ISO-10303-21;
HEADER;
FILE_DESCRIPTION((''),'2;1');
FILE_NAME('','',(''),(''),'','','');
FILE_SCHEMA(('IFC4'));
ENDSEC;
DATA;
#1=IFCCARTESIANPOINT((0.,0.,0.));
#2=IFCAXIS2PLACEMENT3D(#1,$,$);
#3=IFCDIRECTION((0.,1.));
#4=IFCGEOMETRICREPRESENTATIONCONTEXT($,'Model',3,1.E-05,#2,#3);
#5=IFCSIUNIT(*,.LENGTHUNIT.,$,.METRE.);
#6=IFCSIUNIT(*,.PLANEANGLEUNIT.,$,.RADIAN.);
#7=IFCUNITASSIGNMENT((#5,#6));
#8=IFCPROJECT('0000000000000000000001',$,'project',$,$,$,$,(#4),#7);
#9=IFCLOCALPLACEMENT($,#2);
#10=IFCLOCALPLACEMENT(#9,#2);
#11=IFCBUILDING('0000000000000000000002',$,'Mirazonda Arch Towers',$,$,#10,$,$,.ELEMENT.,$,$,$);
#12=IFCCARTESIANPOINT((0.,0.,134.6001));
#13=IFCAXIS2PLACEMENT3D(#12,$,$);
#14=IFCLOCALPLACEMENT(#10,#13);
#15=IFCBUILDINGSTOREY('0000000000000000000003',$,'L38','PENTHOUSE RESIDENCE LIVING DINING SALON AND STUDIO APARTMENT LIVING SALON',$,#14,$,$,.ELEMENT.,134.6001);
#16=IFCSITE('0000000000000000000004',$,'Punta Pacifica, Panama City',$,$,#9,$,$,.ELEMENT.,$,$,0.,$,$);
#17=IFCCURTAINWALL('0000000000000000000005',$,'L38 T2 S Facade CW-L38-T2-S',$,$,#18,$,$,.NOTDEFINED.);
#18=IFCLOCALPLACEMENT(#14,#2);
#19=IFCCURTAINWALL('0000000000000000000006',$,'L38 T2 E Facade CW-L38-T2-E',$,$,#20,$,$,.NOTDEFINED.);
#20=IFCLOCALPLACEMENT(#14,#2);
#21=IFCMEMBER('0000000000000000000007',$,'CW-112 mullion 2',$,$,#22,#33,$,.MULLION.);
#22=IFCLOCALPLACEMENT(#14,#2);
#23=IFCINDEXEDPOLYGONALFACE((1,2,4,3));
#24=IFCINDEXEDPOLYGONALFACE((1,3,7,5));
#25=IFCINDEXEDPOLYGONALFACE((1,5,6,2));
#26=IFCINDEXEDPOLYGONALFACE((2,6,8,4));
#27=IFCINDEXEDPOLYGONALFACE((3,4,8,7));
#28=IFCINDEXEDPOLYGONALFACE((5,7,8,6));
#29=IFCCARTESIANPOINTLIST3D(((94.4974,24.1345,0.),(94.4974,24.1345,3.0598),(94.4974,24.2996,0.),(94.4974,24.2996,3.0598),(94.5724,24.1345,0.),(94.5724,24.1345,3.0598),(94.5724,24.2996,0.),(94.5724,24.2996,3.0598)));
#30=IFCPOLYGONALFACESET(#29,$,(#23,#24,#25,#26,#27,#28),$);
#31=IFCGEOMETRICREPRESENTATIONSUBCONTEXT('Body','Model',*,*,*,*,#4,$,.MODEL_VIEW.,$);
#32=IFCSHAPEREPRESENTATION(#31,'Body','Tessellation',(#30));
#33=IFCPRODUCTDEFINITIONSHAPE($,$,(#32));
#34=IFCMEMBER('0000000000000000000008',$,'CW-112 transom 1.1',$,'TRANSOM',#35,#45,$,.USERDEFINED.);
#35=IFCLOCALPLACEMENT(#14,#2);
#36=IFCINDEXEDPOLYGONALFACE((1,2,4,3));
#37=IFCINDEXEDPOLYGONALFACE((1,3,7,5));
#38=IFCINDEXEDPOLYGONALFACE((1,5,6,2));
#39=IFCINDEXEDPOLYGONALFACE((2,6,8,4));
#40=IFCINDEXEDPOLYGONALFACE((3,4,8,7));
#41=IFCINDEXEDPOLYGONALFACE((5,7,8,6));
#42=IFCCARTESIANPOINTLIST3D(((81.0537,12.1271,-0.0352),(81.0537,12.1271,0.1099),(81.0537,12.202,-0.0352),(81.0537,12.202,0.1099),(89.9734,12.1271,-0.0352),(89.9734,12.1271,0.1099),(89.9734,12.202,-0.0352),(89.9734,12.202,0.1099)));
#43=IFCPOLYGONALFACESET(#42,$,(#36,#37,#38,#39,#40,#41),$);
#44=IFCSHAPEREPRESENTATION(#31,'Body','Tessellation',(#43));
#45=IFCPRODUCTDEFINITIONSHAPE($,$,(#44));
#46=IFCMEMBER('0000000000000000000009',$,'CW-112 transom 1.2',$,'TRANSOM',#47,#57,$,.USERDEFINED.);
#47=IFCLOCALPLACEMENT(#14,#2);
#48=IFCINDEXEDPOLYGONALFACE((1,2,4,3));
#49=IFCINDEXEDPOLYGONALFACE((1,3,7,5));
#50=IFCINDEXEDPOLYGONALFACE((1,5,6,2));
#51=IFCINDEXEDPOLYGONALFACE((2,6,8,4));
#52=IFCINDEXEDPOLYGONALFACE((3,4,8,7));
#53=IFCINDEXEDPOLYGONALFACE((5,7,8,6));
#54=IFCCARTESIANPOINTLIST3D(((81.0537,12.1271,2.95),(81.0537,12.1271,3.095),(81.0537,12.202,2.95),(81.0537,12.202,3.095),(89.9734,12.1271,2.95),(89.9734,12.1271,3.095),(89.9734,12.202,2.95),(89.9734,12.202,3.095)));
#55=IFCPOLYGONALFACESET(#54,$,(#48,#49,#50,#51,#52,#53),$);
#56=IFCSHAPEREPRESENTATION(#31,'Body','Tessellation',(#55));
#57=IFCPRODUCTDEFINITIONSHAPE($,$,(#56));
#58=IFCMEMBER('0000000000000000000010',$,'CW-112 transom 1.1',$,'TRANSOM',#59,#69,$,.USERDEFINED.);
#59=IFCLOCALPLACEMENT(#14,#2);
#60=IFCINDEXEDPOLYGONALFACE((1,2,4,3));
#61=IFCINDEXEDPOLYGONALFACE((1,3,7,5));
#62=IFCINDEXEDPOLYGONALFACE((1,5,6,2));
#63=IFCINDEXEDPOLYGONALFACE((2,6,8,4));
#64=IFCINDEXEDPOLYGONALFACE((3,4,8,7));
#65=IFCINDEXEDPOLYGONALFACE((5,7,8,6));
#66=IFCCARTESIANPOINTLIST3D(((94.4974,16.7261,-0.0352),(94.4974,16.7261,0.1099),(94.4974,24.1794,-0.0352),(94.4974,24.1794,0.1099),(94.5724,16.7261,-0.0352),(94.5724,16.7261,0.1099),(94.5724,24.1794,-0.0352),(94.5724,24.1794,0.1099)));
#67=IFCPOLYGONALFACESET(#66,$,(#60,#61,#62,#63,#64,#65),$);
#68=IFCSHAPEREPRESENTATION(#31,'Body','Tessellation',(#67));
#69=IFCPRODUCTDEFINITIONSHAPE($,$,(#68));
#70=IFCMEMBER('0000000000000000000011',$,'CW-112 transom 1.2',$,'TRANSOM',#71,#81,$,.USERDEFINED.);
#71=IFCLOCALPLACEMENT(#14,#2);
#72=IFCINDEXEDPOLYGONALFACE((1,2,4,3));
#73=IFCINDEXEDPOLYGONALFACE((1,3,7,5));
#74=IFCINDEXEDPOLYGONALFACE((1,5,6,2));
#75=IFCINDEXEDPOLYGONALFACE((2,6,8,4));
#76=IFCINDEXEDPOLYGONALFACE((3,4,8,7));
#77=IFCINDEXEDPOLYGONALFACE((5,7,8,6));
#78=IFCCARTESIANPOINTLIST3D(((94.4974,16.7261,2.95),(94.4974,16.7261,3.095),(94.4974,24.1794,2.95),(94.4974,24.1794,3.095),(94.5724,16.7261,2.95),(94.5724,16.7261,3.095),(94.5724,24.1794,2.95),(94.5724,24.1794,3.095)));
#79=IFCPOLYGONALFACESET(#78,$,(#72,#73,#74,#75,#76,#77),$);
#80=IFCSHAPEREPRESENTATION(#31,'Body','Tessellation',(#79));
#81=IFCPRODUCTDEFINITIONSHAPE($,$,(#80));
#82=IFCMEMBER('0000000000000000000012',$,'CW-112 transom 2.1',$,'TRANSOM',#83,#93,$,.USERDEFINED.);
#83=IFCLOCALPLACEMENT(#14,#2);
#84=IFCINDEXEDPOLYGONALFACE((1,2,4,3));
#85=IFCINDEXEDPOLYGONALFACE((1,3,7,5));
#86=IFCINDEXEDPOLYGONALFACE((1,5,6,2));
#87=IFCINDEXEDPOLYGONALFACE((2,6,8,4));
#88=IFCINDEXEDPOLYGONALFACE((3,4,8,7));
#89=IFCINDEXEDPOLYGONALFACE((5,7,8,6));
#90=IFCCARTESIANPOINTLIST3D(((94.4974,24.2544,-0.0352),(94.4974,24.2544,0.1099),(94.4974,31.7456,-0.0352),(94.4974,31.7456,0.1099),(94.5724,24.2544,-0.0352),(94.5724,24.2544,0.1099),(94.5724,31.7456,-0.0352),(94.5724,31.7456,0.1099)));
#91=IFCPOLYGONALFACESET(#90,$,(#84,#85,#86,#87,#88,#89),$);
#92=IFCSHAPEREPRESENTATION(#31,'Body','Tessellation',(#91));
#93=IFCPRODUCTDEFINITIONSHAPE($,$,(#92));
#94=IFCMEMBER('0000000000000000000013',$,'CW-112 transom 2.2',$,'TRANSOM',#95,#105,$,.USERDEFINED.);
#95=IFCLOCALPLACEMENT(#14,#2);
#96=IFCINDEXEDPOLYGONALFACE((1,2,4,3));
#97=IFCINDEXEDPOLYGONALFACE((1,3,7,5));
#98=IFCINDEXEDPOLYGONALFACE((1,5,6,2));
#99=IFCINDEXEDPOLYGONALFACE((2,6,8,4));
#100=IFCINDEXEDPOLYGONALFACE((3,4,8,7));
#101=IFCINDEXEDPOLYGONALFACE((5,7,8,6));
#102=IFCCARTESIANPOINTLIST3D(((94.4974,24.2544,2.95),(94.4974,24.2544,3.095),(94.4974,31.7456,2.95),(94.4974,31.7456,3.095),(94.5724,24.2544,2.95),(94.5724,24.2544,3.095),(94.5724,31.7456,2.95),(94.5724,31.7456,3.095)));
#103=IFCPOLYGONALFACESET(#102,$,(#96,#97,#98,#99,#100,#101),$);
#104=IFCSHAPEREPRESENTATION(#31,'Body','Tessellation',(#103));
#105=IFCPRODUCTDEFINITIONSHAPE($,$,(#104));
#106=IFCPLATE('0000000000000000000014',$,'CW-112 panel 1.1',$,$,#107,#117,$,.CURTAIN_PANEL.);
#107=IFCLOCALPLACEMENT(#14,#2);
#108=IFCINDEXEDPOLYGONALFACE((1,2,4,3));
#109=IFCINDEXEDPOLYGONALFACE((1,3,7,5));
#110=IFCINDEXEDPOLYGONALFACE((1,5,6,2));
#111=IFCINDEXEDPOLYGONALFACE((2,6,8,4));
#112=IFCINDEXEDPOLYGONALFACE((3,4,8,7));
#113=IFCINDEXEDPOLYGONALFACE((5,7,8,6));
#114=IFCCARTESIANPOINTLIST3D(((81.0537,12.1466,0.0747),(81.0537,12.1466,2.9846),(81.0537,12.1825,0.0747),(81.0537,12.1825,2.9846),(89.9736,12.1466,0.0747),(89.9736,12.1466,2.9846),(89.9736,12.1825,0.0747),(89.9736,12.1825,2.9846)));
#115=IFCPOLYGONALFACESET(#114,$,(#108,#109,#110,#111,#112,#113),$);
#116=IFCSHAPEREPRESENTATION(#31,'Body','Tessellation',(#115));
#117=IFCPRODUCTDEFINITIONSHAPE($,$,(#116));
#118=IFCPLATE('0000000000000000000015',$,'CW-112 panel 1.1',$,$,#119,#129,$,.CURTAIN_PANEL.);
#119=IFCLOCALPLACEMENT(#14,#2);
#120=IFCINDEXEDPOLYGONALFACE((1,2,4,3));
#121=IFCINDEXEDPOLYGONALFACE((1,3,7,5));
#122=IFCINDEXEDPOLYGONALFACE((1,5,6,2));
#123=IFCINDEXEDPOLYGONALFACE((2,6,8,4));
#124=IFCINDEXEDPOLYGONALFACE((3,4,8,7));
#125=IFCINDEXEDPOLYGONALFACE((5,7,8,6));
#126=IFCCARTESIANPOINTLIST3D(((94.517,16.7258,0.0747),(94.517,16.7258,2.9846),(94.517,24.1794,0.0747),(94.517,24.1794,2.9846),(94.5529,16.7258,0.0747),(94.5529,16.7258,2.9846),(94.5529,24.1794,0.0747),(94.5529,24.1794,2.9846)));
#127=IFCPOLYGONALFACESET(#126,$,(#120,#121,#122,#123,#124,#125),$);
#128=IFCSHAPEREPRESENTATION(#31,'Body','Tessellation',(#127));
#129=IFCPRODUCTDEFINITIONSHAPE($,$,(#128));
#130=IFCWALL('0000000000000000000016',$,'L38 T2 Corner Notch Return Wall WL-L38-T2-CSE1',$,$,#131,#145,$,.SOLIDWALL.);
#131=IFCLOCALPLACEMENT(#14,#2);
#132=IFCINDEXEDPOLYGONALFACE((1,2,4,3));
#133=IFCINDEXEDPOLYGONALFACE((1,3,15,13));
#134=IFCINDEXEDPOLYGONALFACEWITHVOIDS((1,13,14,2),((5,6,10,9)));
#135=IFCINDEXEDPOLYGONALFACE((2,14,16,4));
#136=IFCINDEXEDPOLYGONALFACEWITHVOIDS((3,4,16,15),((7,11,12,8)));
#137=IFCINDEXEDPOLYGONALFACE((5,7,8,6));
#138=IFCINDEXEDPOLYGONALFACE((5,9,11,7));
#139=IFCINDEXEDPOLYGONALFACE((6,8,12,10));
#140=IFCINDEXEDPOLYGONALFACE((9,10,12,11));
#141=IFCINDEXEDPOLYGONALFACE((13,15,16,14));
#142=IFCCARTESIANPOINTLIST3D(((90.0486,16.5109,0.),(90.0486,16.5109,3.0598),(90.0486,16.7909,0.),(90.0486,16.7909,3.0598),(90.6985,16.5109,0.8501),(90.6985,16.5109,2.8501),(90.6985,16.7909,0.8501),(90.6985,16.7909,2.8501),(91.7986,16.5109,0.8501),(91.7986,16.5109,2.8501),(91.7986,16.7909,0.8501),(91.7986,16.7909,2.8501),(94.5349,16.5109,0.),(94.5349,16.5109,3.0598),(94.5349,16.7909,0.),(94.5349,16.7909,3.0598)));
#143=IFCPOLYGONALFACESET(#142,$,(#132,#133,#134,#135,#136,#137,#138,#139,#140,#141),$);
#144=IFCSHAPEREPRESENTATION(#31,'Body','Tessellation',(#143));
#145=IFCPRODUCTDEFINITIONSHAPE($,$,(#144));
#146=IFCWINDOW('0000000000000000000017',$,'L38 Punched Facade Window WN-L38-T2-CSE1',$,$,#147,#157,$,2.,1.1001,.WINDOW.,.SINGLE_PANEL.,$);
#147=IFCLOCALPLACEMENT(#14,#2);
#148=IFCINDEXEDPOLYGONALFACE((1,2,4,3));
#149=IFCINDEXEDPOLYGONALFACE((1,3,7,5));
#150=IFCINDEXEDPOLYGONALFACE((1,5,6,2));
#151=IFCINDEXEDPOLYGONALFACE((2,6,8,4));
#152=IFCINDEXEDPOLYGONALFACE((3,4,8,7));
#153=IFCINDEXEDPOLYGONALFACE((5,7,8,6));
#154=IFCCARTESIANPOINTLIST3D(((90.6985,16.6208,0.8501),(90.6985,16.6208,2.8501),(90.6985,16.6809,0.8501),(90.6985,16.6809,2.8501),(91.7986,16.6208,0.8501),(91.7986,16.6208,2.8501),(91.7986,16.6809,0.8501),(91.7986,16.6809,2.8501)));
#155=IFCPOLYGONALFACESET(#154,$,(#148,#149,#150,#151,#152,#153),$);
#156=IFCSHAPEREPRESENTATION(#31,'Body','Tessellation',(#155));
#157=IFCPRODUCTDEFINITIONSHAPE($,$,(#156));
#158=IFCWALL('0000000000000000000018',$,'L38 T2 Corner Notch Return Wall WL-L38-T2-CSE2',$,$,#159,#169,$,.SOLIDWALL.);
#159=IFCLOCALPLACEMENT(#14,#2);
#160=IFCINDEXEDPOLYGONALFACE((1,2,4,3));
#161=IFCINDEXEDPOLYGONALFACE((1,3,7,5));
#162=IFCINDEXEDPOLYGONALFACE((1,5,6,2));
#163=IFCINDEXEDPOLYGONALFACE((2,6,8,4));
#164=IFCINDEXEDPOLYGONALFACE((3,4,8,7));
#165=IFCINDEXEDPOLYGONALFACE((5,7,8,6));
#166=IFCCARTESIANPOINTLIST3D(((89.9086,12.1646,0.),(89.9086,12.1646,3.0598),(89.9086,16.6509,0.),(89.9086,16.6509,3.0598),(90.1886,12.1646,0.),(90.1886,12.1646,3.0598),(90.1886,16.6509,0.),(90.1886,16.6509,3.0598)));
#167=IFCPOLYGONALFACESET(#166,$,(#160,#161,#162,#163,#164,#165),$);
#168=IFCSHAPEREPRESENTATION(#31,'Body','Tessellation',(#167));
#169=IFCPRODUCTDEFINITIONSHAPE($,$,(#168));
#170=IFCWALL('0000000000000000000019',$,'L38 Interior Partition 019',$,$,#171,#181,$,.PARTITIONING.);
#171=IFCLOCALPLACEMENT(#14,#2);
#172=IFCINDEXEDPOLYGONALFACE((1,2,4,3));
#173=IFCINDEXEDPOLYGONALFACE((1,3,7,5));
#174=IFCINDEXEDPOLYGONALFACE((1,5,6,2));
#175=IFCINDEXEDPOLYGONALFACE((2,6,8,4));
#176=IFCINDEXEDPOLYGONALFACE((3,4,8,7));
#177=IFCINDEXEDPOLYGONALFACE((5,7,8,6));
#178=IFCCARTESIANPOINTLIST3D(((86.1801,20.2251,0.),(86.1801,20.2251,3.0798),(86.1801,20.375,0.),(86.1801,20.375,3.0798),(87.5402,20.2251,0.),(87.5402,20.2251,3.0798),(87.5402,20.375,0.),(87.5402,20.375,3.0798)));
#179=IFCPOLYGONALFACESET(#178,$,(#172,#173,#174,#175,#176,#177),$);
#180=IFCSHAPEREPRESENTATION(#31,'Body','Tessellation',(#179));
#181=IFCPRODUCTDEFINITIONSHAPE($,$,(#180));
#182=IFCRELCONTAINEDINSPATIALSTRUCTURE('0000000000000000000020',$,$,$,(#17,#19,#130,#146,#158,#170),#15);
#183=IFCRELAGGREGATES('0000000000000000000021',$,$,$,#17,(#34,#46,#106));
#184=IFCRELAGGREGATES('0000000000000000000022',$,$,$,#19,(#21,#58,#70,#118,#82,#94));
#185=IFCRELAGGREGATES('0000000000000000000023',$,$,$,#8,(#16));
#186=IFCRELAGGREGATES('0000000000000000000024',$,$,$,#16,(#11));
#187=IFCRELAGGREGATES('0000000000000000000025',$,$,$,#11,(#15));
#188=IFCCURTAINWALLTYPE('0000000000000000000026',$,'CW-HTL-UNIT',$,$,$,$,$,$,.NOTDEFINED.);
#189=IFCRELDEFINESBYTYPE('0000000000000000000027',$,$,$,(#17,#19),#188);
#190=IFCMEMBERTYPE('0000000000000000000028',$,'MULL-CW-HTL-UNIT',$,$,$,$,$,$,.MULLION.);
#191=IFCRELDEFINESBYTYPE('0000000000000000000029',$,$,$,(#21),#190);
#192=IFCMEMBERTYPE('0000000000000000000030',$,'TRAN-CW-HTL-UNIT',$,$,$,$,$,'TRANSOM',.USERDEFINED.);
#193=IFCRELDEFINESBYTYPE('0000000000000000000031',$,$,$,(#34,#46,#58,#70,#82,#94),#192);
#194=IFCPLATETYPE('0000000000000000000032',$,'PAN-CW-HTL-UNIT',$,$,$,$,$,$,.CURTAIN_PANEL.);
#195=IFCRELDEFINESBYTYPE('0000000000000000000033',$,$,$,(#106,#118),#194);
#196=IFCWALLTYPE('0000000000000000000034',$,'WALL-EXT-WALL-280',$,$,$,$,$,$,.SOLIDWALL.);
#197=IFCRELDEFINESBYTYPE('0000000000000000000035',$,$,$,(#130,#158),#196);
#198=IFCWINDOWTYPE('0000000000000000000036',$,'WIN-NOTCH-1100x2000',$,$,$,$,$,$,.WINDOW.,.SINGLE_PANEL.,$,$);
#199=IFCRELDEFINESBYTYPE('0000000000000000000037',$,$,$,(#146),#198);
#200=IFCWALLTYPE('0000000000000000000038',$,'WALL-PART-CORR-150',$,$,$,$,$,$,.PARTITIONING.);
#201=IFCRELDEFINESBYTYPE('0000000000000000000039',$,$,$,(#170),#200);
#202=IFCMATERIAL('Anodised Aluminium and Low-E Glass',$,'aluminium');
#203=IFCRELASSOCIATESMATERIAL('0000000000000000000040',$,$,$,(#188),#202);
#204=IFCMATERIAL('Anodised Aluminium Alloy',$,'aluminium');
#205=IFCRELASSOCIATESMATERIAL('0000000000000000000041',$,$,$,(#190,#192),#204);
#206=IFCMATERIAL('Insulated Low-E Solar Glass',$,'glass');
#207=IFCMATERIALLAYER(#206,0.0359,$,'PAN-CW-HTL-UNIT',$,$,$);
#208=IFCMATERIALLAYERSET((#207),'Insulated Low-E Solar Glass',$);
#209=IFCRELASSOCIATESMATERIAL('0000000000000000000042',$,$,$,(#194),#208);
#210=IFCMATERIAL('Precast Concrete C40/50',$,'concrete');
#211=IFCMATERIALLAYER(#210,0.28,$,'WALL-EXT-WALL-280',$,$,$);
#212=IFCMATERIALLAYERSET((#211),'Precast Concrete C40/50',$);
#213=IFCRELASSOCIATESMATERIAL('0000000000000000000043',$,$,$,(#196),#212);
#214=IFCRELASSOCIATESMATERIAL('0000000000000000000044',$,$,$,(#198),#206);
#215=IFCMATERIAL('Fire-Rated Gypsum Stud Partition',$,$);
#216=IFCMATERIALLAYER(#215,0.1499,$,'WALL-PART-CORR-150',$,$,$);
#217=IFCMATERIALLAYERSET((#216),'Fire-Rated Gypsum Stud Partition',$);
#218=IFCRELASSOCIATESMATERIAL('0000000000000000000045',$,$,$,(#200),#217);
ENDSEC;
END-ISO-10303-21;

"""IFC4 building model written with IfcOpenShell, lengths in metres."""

from ifc_helpers import new_model, si_unit, direction, frame, frame_2d, origin, origin_2d, place, context, subcontext, project, spatial, rectangle, extrude, material, layer, layer_set, material_profile, profile_set, type_object, element, fill, aggregate, save


model = new_model("IFC4")

# Units and contexts
model_context = context("Model", 3, precision=1e-05, world=origin(), true_north=direction((0.0, 1.0)))
body_context = subcontext(model_context, "Body", "Model", "MODEL_VIEW")
ifc_project = project(units=[si_unit("LENGTHUNIT", "METRE"), si_unit("PLANEANGLEUNIT", "RADIAN")], contexts=[model_context])

# Site, building, storey
site_placement = place(None, origin())
site = spatial("IfcSite", under=ifc_project, at=site_placement, Name="Punta Pacifica, Panama City", CompositionType="ELEMENT", RefElevation=0.0)
building_placement = place(site_placement, origin())
building = spatial("IfcBuilding", under=site, at=building_placement, Name="Mirazonda Arch Towers", CompositionType="ELEMENT")
storey_placement = place(building_placement, frame((0.0, 0.0, 134.6001)))
storey = spatial("IfcBuildingStorey", under=building, at=storey_placement, Name="L38", Description="PENTHOUSE RESIDENCE LIVING DINING SALON AND STUDIO APARTMENT LIVING SALON", CompositionType="ELEMENT", Elevation=134.6001)

# Curtain wall
ifc_material_1 = material(Name="Anodised Aluminium and Low-E Glass", Category="aluminium")
curtain_wall_type = type_object("IfcCurtainWallType", Name="CW-HTL-UNIT", PredefinedType="NOTDEFINED", material=ifc_material_1)
curtain_wall_1_placement = place(storey_placement, origin())
curtain_wall_1 = element("IfcCurtainWall", 1, at=curtain_wall_1_placement, inside=storey, type_object=curtain_wall_type, Name="L38 T2 S Facade CW-L38-T2-S", PredefinedType="NOTDEFINED")
ifc_material_2 = material(Name="Anodised Aluminium Alloy", Category="aluminium")
ifc_material_profile_1 = material_profile(ifc_material_2, rectangle(XDim=0.075, YDim=0.165, at=origin_2d()), Name="ALU-MULL-75x165")
ifc_profile_set_1 = profile_set([ifc_material_profile_1], Name="Anodised Aluminium Alloy")
member_type_1 = type_object("IfcMemberType", Name="MULL-CW-HTL-UNIT", PredefinedType="MULLION", material=ifc_profile_set_1)

# Curtain wall, member
curtain_wall_2_placement = place(storey_placement, origin())
curtain_wall_2 = element("IfcCurtainWall", 2, at=curtain_wall_2_placement, inside=storey, type_object=curtain_wall_type, Name="L38 T2 E Facade CW-L38-T2-E", PredefinedType="NOTDEFINED")
member_1_placement = place(storey_placement, frame((94.5349, 24.217, 0.0), z_axis=(0.0, 0.0, 1.0), x_axis=(-1.0, 0.0, 0.0)))
member_1 = element("IfcMember", 3, at=member_1_placement, type_object=member_type_1, Name="CW-112 mullion 2", PredefinedType="MULLION", context=body_context, shape_type="SweptSolid", body=[
    extrude(rectangle(XDim=0.075, YDim=0.165, at=origin_2d()), origin(), (0.0, 0.0, 1.0), 3.0598),
])

# Members
ifc_material_profile_2 = material_profile(ifc_material_2, rectangle(XDim=0.075, YDim=0.145, at=origin_2d()), Name="ALU-TRAN-75x145")
ifc_profile_set_2 = profile_set([ifc_material_profile_2], Name="Anodised Aluminium Alloy")
member_type_2 = type_object("IfcMemberType", Name="TRAN-CW-HTL-UNIT", ElementType="TRANSOM", PredefinedType="USERDEFINED", material=ifc_profile_set_2)
member_2_placement = place(storey_placement, frame((89.9734, 12.1646, 0.0374), z_axis=(-1.0, 0.0, 0.0), x_axis=(0.0, -1.0, 0.0)))
member_2 = element("IfcMember", 4, at=member_2_placement, type_object=member_type_2, Name="CW-112 transom 1.1", ObjectType="TRANSOM", PredefinedType="USERDEFINED", context=body_context, shape_type="SweptSolid", body=[
    extrude(rectangle(XDim=0.075, YDim=0.145, at=origin_2d()), origin(), (0.0, 0.0, 1.0), 8.9197),
])
member_3_placement = place(storey_placement, frame((89.9734, 12.1646, 3.0225), z_axis=(-1.0, 0.0, 0.0), x_axis=(0.0, -1.0, 0.0)))
member_3 = element("IfcMember", 5, at=member_3_placement, type_object=member_type_2, Name="CW-112 transom 1.2", ObjectType="TRANSOM", PredefinedType="USERDEFINED", context=body_context, shape_type="SweptSolid", body=[
    extrude(rectangle(XDim=0.075, YDim=0.145, at=origin_2d()), origin(), (0.0, 0.0, 1.0), 8.9197),
])
member_4_placement = place(storey_placement, frame((94.5349, 16.7261, 0.0374), z_axis=(0.0, 1.0, 0.0), x_axis=(-1.0, 0.0, 0.0)))
member_4 = element("IfcMember", 6, at=member_4_placement, type_object=member_type_2, Name="CW-112 transom 1.1", ObjectType="TRANSOM", PredefinedType="USERDEFINED", context=body_context, shape_type="SweptSolid", body=[
    extrude(rectangle(XDim=0.075, YDim=0.145, at=origin_2d()), origin(), (0.0, 0.0, 1.0), 7.4534),
])
member_5_placement = place(storey_placement, frame((94.5349, 16.7261, 3.0225), z_axis=(0.0, 1.0, 0.0), x_axis=(-1.0, 0.0, 0.0)))
member_5 = element("IfcMember", 7, at=member_5_placement, type_object=member_type_2, Name="CW-112 transom 1.2", ObjectType="TRANSOM", PredefinedType="USERDEFINED", context=body_context, shape_type="SweptSolid", body=[
    extrude(rectangle(XDim=0.075, YDim=0.145, at=origin_2d()), origin(), (0.0, 0.0, 1.0), 7.4534),
])
member_6_placement = place(storey_placement, frame((94.5349, 24.2544, 0.0374), z_axis=(0.0, 1.0, 0.0), x_axis=(-1.0, 0.0, 0.0)))
member_6 = element("IfcMember", 8, at=member_6_placement, type_object=member_type_2, Name="CW-112 transom 2.1", ObjectType="TRANSOM", PredefinedType="USERDEFINED", context=body_context, shape_type="SweptSolid", body=[
    extrude(rectangle(XDim=0.075, YDim=0.145, at=origin_2d()), origin(), (0.0, 0.0, 1.0), 7.4912),
])
member_7_placement = place(storey_placement, frame((94.5349, 24.2544, 3.0225), z_axis=(0.0, 1.0, 0.0), x_axis=(-1.0, 0.0, 0.0)))
member_7 = element("IfcMember", 9, at=member_7_placement, type_object=member_type_2, Name="CW-112 transom 2.2", ObjectType="TRANSOM", PredefinedType="USERDEFINED", context=body_context, shape_type="SweptSolid", body=[
    extrude(rectangle(XDim=0.075, YDim=0.145, at=origin_2d()), origin(), (0.0, 0.0, 1.0), 7.4912),
])

# Plates
ifc_material_3 = material(Name="Insulated Low-E Solar Glass", Category="glass")
ifc_layer_1 = layer(ifc_material_3, 0.0359, Name="PAN-CW-HTL-UNIT")
ifc_layer_set_1 = layer_set([ifc_layer_1], Name="Insulated Low-E Solar Glass")
plate_type = type_object("IfcPlateType", Name="PAN-CW-HTL-UNIT", PredefinedType="CURTAIN_PANEL", material=ifc_layer_set_1)
plate_1_placement = place(storey_placement, frame((85.5137, 12.1646, 0.0747), z_axis=(0.0, 0.0, 1.0), x_axis=(-1.0, 0.0, 0.0)))
plate_1 = element("IfcPlate", 10, at=plate_1_placement, type_object=plate_type, Name="CW-112 panel 1.1", PredefinedType="CURTAIN_PANEL", context=body_context, shape_type="SweptSolid", body=[
    extrude(rectangle(XDim=8.9199, YDim=0.0359, at=origin_2d()), origin(), (0.0, 0.0, 1.0), 2.9099),
])
aggregate(curtain_wall_1, [member_2, member_3, plate_1])
plate_2_placement = place(storey_placement, frame((94.5349, 20.4526, 0.0747), z_axis=(0.0, 0.0, 1.0), x_axis=(0.0, 1.0, 0.0)))
plate_2 = element("IfcPlate", 11, at=plate_2_placement, type_object=plate_type, Name="CW-112 panel 1.1", PredefinedType="CURTAIN_PANEL", context=body_context, shape_type="SweptSolid", body=[
    extrude(rectangle(XDim=7.4536, YDim=0.0359, at=origin_2d()), origin(), (0.0, 0.0, 1.0), 2.9099),
])
aggregate(curtain_wall_2, [member_1, member_4, member_5, plate_2, member_6, member_7])

# Wall, opening, window
ifc_material_4 = material(Name="Precast Concrete C40/50", Category="concrete")
ifc_layer_2 = layer(ifc_material_4, 0.28, Name="WALL-EXT-WALL-280")
ifc_layer_set_2 = layer_set([ifc_layer_2], Name="Precast Concrete C40/50")
wall_type_1 = type_object("IfcWallType", Name="WALL-EXT-WALL-280", PredefinedType="SOLIDWALL", material=ifc_layer_set_2)
wall_1_placement = place(storey_placement, frame((90.0486, 16.6509, 0.0), z_axis=(0.0, 0.0, 1.0), x_axis=(1.0, 0.0, 0.0)))
wall_1 = element("IfcWall", 12, at=wall_1_placement, inside=storey, type_object=wall_type_1, Name="L38 T2 Corner Notch Return Wall WL-L38-T2-CSE1", PredefinedType="SOLIDWALL", context=body_context, shape_type="SweptSolid", body=[
    extrude(rectangle(XDim=4.4863, YDim=0.28, at=frame_2d((2.2432, 0.0))), origin(), (0.0, 0.0, 1.0), 3.0598),
])
opening_1_placement = place(wall_1_placement, frame((0.6499, 0.0, 0.8501)))
opening_1 = element("IfcOpeningElement", 13, at=opening_1_placement, cuts=wall_1, PredefinedType="OPENING", context=body_context, shape_type="SweptSolid", body=[
    extrude(rectangle(XDim=1.1001, YDim=2.0, at=frame_2d((0.55, 1.0))), frame((0.0, 0.1499, 0.0), z_axis=(0.0, -1.0, 0.0), x_axis=(1.0, 0.0, 0.0)), (0.0, 0.0, 1.0), 0.3),
])
window_type = type_object("IfcWindowType", Name="WIN-NOTCH-1100x2000", PartitioningType="SINGLE_PANEL", PredefinedType="WINDOW", material=ifc_material_3)
window_placement = place(opening_1_placement, origin())
window = element("IfcWindow", 14, at=window_placement, inside=storey, type_object=window_type, Name="L38 Punched Facade Window WN-L38-T2-CSE1", OverallHeight=2.0, OverallWidth=1.1001, PartitioningType="SINGLE_PANEL", PredefinedType="WINDOW", context=body_context, shape_type="SweptSolid", body=[
    extrude(rectangle(XDim=1.1001, YDim=2.0, at=frame_2d((0.55, 1.0))), frame((0.0, 0.03, 0.0), z_axis=(0.0, -1.0, 0.0), x_axis=(1.0, 0.0, 0.0)), (0.0, 0.0, 1.0), 0.0601),
])
fill(opening_1, window)

# Walls
wall_2_placement = place(storey_placement, frame((90.0486, 12.1646, 0.0), z_axis=(0.0, 0.0, 1.0), x_axis=(0.0, 1.0, 0.0)))
element("IfcWall", 15, at=wall_2_placement, inside=storey, type_object=wall_type_1, Name="L38 T2 Corner Notch Return Wall WL-L38-T2-CSE2", PredefinedType="SOLIDWALL", context=body_context, shape_type="SweptSolid", body=[
    extrude(rectangle(XDim=4.4863, YDim=0.28, at=frame_2d((2.2432, 0.0))), origin(), (0.0, 0.0, 1.0), 3.0598),
])
ifc_material_5 = material(Name="Fire-Rated Gypsum Stud Partition")
ifc_layer_3 = layer(ifc_material_5, 0.1499, Name="WALL-PART-CORR-150")
ifc_layer_set_3 = layer_set([ifc_layer_3], Name="Fire-Rated Gypsum Stud Partition")
wall_type_2 = type_object("IfcWallType", Name="WALL-PART-CORR-150", PredefinedType="PARTITIONING", material=ifc_layer_set_3)
wall_3_placement = place(storey_placement, frame((86.1799, 20.3, 0.0), z_axis=(0.0, 0.0, 1.0), x_axis=(1.0, 0.0, 0.0)))
element("IfcWall", 16, at=wall_3_placement, inside=storey, type_object=wall_type_2, Name="L38 Interior Partition 019", PredefinedType="PARTITIONING", context=body_context, shape_type="SweptSolid", body=[
    extrude(rectangle(XDim=1.3601, YDim=0.1499, at=frame_2d((0.6802, 0.0))), origin(), (0.0, 0.0, 1.0), 3.0798),
])

save(model, "model.ifc")
